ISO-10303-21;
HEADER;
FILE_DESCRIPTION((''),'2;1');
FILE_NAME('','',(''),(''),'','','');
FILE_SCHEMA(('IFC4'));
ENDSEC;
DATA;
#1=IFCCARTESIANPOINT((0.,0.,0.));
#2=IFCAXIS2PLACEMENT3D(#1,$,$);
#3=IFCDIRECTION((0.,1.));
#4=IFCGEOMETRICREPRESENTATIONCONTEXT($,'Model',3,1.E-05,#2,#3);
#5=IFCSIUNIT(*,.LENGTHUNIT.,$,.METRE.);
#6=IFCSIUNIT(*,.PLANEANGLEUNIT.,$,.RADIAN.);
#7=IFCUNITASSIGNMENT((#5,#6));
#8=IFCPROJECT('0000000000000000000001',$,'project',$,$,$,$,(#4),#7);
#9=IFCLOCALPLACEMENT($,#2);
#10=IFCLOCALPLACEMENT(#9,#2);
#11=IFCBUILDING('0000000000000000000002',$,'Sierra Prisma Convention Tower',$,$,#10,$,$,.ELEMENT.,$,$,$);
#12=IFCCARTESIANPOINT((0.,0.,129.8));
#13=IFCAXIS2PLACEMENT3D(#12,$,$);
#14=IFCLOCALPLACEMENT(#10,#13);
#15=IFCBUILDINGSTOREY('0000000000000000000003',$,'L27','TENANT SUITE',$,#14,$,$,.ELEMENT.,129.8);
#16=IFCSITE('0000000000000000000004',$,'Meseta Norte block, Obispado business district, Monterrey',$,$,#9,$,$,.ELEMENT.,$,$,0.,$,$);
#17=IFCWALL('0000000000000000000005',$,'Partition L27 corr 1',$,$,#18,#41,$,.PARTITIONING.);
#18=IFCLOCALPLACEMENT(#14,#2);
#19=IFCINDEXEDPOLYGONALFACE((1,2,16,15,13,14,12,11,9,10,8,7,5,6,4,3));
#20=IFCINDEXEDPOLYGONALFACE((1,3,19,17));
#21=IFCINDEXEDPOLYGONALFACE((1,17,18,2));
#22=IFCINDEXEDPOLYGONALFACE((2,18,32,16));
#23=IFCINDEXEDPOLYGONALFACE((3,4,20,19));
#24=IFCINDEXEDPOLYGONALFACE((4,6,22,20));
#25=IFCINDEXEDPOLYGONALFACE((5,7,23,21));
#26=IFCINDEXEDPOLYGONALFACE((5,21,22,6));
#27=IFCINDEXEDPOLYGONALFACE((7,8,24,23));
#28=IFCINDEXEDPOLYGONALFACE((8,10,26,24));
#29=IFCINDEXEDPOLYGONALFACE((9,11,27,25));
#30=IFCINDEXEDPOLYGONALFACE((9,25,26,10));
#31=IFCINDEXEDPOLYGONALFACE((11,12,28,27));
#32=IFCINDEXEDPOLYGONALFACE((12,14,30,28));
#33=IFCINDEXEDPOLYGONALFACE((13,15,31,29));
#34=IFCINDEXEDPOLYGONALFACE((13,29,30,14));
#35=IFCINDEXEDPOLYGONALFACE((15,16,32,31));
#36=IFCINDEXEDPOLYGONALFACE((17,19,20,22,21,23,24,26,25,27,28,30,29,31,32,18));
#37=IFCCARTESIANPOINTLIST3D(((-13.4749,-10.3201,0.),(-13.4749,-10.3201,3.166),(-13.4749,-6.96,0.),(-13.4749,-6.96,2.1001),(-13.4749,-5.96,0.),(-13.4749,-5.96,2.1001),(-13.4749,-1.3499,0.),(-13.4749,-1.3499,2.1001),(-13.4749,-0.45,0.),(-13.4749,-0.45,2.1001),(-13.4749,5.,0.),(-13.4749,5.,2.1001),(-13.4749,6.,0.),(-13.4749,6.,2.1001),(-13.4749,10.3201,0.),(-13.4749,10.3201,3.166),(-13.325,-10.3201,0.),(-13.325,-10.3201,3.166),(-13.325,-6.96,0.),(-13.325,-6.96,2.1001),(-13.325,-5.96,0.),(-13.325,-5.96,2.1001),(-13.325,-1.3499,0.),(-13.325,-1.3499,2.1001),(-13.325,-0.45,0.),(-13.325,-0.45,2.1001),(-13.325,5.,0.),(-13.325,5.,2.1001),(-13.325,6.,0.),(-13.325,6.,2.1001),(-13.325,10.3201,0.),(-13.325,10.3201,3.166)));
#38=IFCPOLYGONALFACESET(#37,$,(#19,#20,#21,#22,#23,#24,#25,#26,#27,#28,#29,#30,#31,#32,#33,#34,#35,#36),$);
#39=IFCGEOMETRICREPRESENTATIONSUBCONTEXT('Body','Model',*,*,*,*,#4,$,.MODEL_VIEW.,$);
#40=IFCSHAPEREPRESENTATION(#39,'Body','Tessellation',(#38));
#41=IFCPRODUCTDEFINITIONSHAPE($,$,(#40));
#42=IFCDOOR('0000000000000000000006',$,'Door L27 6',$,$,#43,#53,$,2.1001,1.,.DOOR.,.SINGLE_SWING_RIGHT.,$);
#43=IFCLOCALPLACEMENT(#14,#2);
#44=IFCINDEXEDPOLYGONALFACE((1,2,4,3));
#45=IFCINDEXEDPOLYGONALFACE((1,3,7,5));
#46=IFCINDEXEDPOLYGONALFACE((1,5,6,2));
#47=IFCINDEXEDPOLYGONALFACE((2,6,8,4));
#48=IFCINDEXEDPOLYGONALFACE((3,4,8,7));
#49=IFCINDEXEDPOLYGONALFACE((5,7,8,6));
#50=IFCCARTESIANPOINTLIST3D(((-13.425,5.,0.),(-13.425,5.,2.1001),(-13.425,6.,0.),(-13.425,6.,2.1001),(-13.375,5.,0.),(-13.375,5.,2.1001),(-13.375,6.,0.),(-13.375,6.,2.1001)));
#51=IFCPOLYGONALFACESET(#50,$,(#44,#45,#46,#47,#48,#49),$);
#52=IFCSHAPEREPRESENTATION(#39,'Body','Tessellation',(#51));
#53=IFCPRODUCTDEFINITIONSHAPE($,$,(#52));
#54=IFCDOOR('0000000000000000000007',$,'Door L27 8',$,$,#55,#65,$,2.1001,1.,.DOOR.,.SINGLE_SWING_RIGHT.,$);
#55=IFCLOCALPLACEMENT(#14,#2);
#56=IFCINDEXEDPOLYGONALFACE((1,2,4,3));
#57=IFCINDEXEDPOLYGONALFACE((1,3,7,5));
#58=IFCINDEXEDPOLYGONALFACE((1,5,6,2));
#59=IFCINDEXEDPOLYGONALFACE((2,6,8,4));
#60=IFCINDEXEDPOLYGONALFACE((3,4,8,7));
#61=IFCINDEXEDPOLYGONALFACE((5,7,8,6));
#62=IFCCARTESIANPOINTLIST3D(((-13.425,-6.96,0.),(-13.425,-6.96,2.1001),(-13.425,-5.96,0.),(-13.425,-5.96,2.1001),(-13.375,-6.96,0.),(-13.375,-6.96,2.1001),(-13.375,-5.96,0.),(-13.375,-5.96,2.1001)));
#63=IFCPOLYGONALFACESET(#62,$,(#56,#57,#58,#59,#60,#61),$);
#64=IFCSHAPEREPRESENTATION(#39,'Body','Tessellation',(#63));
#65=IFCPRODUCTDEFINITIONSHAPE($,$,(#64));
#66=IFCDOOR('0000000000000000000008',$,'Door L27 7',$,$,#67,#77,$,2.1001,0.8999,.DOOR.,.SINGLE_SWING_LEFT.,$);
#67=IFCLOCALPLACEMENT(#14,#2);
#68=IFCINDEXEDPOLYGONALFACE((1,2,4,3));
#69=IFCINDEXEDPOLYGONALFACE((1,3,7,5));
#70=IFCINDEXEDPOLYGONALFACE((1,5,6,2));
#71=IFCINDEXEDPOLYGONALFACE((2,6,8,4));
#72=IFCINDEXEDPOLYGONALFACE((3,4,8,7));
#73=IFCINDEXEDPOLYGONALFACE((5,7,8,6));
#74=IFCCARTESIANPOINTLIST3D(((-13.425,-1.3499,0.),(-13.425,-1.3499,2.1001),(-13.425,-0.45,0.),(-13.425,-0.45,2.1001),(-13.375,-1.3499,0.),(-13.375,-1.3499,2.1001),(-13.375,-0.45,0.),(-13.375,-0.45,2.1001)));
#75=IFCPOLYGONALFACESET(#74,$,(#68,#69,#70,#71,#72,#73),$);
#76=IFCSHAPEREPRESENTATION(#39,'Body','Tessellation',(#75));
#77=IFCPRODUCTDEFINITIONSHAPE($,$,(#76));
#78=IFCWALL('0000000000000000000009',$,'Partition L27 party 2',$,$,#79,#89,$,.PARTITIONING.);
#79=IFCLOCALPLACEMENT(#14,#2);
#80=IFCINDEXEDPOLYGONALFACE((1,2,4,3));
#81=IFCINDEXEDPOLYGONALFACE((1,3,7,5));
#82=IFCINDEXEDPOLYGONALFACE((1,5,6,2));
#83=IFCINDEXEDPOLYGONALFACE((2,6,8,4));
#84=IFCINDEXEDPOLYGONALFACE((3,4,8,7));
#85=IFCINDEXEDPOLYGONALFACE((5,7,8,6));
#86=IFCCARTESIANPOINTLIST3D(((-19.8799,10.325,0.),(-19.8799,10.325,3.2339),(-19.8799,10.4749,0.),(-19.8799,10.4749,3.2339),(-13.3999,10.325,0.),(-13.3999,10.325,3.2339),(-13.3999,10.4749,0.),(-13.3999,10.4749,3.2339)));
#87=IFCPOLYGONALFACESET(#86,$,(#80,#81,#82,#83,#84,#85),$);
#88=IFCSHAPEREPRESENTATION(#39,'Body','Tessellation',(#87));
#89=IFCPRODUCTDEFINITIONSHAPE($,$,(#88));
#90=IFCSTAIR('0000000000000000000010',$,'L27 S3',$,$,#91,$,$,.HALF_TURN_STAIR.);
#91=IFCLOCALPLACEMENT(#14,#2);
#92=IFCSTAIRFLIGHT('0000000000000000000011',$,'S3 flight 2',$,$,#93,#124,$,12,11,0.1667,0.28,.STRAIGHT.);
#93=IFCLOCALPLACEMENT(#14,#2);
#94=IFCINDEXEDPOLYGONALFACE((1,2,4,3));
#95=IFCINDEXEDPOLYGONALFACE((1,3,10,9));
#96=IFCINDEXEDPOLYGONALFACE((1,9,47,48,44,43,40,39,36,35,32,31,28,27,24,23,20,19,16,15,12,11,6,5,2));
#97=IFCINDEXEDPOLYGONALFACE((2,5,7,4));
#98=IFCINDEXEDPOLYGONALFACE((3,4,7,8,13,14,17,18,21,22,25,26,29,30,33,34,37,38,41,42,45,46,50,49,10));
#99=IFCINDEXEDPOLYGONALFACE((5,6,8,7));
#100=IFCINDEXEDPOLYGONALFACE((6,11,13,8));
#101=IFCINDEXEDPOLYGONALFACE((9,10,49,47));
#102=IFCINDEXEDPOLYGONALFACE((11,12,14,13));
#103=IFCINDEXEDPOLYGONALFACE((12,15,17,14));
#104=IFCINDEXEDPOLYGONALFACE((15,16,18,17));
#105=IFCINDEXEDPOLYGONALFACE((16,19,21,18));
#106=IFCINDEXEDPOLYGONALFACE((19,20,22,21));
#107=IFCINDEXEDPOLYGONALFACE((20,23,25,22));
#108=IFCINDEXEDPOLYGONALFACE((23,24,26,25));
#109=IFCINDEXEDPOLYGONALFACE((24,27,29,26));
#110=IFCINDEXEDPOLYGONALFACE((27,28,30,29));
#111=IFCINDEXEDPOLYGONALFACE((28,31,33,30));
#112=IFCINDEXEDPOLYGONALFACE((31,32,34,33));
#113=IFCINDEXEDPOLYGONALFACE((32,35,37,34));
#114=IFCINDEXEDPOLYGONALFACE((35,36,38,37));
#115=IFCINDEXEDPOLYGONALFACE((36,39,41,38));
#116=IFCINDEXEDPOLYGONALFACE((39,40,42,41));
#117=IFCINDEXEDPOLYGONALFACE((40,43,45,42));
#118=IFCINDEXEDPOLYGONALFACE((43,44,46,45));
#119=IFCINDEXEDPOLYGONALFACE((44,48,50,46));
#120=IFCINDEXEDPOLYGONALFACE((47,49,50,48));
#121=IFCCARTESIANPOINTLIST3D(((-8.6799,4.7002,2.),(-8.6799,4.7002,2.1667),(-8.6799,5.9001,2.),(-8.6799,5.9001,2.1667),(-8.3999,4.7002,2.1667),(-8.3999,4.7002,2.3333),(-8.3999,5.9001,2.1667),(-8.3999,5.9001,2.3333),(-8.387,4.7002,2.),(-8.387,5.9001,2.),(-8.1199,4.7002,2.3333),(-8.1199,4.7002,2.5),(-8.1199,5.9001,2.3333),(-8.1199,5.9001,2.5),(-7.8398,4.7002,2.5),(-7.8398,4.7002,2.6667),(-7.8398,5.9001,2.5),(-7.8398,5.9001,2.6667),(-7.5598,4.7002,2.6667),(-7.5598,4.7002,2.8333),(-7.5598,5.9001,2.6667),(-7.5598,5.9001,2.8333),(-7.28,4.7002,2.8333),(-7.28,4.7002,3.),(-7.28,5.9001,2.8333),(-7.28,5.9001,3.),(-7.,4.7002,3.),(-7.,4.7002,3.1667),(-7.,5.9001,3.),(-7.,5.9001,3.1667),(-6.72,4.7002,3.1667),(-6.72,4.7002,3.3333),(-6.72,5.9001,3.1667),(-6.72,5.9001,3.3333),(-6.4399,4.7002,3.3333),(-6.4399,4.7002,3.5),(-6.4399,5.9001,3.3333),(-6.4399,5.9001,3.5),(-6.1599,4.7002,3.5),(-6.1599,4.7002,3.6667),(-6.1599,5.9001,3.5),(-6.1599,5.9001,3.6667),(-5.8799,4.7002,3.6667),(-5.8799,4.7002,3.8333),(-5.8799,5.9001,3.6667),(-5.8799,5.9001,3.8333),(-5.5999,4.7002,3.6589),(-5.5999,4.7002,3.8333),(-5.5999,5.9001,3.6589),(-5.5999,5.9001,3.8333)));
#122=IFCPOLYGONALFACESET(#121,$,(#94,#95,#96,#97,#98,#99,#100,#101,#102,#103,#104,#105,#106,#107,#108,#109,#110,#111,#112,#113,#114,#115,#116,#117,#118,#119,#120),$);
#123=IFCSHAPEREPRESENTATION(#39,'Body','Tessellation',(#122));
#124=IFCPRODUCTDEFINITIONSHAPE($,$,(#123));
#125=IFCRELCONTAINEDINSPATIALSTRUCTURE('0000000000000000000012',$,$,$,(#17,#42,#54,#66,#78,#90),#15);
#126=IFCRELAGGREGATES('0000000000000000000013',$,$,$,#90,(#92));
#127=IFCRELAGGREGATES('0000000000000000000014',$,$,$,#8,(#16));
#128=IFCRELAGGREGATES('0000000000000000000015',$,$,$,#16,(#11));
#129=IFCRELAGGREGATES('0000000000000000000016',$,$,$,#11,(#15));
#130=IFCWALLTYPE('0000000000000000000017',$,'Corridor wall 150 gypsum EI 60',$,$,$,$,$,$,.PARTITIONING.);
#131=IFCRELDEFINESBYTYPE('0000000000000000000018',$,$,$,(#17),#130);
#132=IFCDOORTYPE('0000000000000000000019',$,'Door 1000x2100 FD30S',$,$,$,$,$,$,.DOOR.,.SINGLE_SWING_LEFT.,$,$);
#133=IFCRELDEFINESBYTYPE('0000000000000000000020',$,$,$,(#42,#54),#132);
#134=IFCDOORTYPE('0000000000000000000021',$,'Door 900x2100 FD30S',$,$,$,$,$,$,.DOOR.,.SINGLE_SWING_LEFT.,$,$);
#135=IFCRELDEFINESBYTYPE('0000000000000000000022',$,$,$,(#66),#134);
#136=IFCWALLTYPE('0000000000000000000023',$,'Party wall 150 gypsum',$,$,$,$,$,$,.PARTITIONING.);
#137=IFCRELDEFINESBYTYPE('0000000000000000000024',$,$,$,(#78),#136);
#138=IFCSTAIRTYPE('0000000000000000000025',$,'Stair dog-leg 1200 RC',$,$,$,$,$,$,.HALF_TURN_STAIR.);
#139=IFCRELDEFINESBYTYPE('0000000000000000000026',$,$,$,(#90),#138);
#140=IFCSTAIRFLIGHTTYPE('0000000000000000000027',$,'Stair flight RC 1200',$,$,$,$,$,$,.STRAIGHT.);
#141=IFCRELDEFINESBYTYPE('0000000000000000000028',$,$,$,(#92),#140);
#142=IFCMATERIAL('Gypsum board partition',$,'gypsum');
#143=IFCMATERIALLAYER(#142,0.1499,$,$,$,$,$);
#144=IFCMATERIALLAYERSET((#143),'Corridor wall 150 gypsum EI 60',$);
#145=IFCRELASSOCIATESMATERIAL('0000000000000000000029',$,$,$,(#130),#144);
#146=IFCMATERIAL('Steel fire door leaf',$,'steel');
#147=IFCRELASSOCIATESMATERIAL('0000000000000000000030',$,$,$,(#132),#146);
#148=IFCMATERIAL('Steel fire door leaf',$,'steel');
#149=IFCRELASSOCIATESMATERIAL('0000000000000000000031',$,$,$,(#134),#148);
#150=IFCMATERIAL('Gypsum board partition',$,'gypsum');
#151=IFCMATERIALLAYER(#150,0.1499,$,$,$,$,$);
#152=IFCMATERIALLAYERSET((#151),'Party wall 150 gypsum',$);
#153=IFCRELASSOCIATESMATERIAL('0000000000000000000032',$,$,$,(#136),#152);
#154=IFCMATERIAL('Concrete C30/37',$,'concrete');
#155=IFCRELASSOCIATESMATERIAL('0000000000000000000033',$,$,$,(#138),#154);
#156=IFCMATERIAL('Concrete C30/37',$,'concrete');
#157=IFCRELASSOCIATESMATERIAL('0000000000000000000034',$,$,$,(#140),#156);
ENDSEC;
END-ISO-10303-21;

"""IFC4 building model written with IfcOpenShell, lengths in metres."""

from ifc_helpers import new_model, si_unit, direction, frame, frame_2d, origin, place, context, subcontext, project, spatial, polyline, rectangle, outline, extrude, material, layer, layer_set, type_object, element, fill, aggregate, save


model = new_model("IFC4")

# Units and contexts
model_context = context("Model", 3, precision=1e-05, world=origin(), true_north=direction((0.0, 1.0)))
body_context = subcontext(model_context, "Body", "Model", "MODEL_VIEW")
ifc_project = project(units=[si_unit("LENGTHUNIT", "METRE"), si_unit("PLANEANGLEUNIT", "RADIAN")], contexts=[model_context])

# Site, building, storey
site_placement = place(None, origin())
site = spatial("IfcSite", under=ifc_project, at=site_placement, Name="Meseta Norte block, Obispado business district, Monterrey", CompositionType="ELEMENT", RefElevation=0.0)
building_placement = place(site_placement, origin())
building = spatial("IfcBuilding", under=site, at=building_placement, Name="Sierra Prisma Convention Tower", CompositionType="ELEMENT")
storey_placement = place(building_placement, frame((0.0, 0.0, 129.8)))
storey = spatial("IfcBuildingStorey", under=building, at=storey_placement, Name="L27", Description="TENANT SUITE", CompositionType="ELEMENT", Elevation=129.8)

# Wall, openings, doors
ifc_material_1 = material(Name="Gypsum board partition", Category="gypsum")
ifc_layer_1 = layer(ifc_material_1, 0.1499)
ifc_layer_set_1 = layer_set([ifc_layer_1], Name="Corridor wall 150 gypsum EI 60")
wall_type_1 = type_object("IfcWallType", Name="Corridor wall 150 gypsum EI 60", PredefinedType="PARTITIONING", material=ifc_layer_set_1)
wall_1_placement = place(storey_placement, frame((-13.3999, 10.3201, 0.0), z_axis=(0.0, 0.0, 1.0), x_axis=(0.0, -1.0, 0.0)))
wall_1 = element("IfcWall", 1, at=wall_1_placement, inside=storey, type_object=wall_type_1, Name="Partition L27 corr 1", PredefinedType="PARTITIONING", context=body_context, shape_type="SweptSolid", body=[
    extrude(rectangle(XDim=20.6401, YDim=0.1499, at=frame_2d((10.3201, 0.0))), origin(), (0.0, 0.0, 1.0), 3.166),
])
opening_1_placement = place(wall_1_placement, frame((4.3201, 0.0, 0.0)))
opening_1 = element("IfcOpeningElement", 2, at=opening_1_placement, cuts=wall_1, PredefinedType="OPENING", context=body_context, shape_type="SweptSolid", body=[
    extrude(rectangle(XDim=1.0, YDim=2.1001, at=frame_2d((0.5, 1.05))), frame((0.0, 0.075, 0.0), z_axis=(0.0, -1.0, 0.0), x_axis=(1.0, 0.0, 0.0)), (0.0, 0.0, 1.0), 0.1499),
])
opening_2_placement = place(wall_1_placement, frame((10.77, 0.0, 0.0)))
opening_2 = element("IfcOpeningElement", 3, at=opening_2_placement, cuts=wall_1, PredefinedType="OPENING", context=body_context, shape_type="SweptSolid", body=[
    extrude(rectangle(XDim=0.8999, YDim=2.1001, at=frame_2d((0.45, 1.05))), frame((0.0, 0.075, 0.0), z_axis=(0.0, -1.0, 0.0), x_axis=(1.0, 0.0, 0.0)), (0.0, 0.0, 1.0), 0.1499),
])
opening_3_placement = place(wall_1_placement, frame((16.28, 0.0, 0.0)))
opening_3 = element("IfcOpeningElement", 4, at=opening_3_placement, cuts=wall_1, PredefinedType="OPENING", context=body_context, shape_type="SweptSolid", body=[
    extrude(rectangle(XDim=1.0, YDim=2.1001, at=frame_2d((0.5, 1.05))), frame((0.0, 0.075, 0.0), z_axis=(0.0, -1.0, 0.0), x_axis=(1.0, 0.0, 0.0)), (0.0, 0.0, 1.0), 0.1499),
])
ifc_material_2 = material(Name="Steel fire door leaf", Category="steel")
door_type_1 = type_object("IfcDoorType", Name="Door 1000x2100 FD30S", OperationType="SINGLE_SWING_LEFT", PredefinedType="DOOR", material=ifc_material_2)
door_1_placement = place(opening_1_placement, origin())
door_1 = element("IfcDoor", 5, at=door_1_placement, inside=storey, type_object=door_type_1, Name="Door L27 6", OperationType="SINGLE_SWING_RIGHT", OverallHeight=2.1001, OverallWidth=1.0, PredefinedType="DOOR", context=body_context, shape_type="SweptSolid", body=[
    extrude(rectangle(XDim=1.0, YDim=2.1001, at=frame_2d((0.5, 1.05))), frame((0.0, 0.0249, 0.0), z_axis=(0.0, -1.0, 0.0), x_axis=(1.0, 0.0, 0.0)), (0.0, 0.0, 1.0), 0.05),
])
fill(opening_1, door_1)
door_2_placement = place(opening_3_placement, origin())
door_2 = element("IfcDoor", 6, at=door_2_placement, inside=storey, type_object=door_type_1, Name="Door L27 8", OperationType="SINGLE_SWING_RIGHT", OverallHeight=2.1001, OverallWidth=1.0, PredefinedType="DOOR", context=body_context, shape_type="SweptSolid", body=[
    extrude(rectangle(XDim=1.0, YDim=2.1001, at=frame_2d((0.5, 1.05))), frame((0.0, 0.0249, 0.0), z_axis=(0.0, -1.0, 0.0), x_axis=(1.0, 0.0, 0.0)), (0.0, 0.0, 1.0), 0.05),
])
fill(opening_3, door_2)
ifc_material_3 = material(Name="Steel fire door leaf", Category="steel")
door_type_2 = type_object("IfcDoorType", Name="Door 900x2100 FD30S", OperationType="SINGLE_SWING_LEFT", PredefinedType="DOOR", material=ifc_material_3)
door_3_placement = place(opening_2_placement, origin())
door_3 = element("IfcDoor", 7, at=door_3_placement, inside=storey, type_object=door_type_2, Name="Door L27 7", OperationType="SINGLE_SWING_LEFT", OverallHeight=2.1001, OverallWidth=0.8999, PredefinedType="DOOR", context=body_context, shape_type="SweptSolid", body=[
    extrude(rectangle(XDim=0.8999, YDim=2.1001, at=frame_2d((0.45, 1.05))), frame((0.0, 0.0249, 0.0), z_axis=(0.0, -1.0, 0.0), x_axis=(1.0, 0.0, 0.0)), (0.0, 0.0, 1.0), 0.05),
])
fill(opening_2, door_3)

# Wall
ifc_material_4 = material(Name="Gypsum board partition", Category="gypsum")
ifc_layer_2 = layer(ifc_material_4, 0.1499)
ifc_layer_set_2 = layer_set([ifc_layer_2], Name="Party wall 150 gypsum")
wall_type_2 = type_object("IfcWallType", Name="Party wall 150 gypsum", PredefinedType="PARTITIONING", material=ifc_layer_set_2)
wall_2_placement = place(storey_placement, frame((-13.3999, 10.3999, 0.0), z_axis=(0.0, 0.0, 1.0), x_axis=(-1.0, 0.0, 0.0)))
element("IfcWall", 8, at=wall_2_placement, inside=storey, type_object=wall_type_2, Name="Partition L27 party 2", PredefinedType="PARTITIONING", context=body_context, shape_type="SweptSolid", body=[
    extrude(rectangle(XDim=6.48, YDim=0.1499, at=frame_2d((3.24, 0.0))), origin(), (0.0, 0.0, 1.0), 3.2339),
])

# Stair, stair flight
ifc_material_5 = material(Name="Concrete C30/37", Category="concrete")
stair_type = type_object("IfcStairType", Name="Stair dog-leg 1200 RC", PredefinedType="HALF_TURN_STAIR", material=ifc_material_5)
stair_placement = place(storey_placement, origin())
stair = element("IfcStair", 9, at=stair_placement, inside=storey, type_object=stair_type, Name="L27 S3", PredefinedType="HALF_TURN_STAIR")
ifc_material_6 = material(Name="Concrete C30/37", Category="concrete")
stair_flight_type = type_object("IfcStairFlightType", Name="Stair flight RC 1200", PredefinedType="STRAIGHT", material=ifc_material_6)
stair_flight_placement = place(storey_placement, frame((-8.6799, 5.3, 2.0), z_axis=(0.0, 0.0, 1.0), x_axis=(1.0, 0.0, 0.0)))
stair_flight = element("IfcStairFlight", 10, at=stair_flight_placement, type_object=stair_flight_type, Name="S3 flight 2", NumberOfRisers=12, NumberOfTreads=11, PredefinedType="STRAIGHT", RiserHeight=0.1667, TreadLength=0.28, context=body_context, shape_type="SweptSolid", body=[
    extrude(outline(polyline([(0.0, 0.0), (0.0, 0.1667), (0.28, 0.1667), (0.28, 0.3333), (0.5601, 0.3333), (0.5601, 0.5), (0.8401, 0.5), (0.8401, 0.6667), (1.1201, 0.6667), (1.1201, 0.8333), (1.3999, 0.8333), (1.3999, 1.0), (1.6799, 1.0), (1.6799, 1.1667), (1.96, 1.1667), (1.96, 1.3333), (2.24, 1.3333), (2.24, 1.5), (2.52, 1.5), (2.52, 1.6667), (2.8, 1.6667), (2.8, 1.8333), (3.0801, 1.8333), (3.0801, 2.0), (3.0801, 1.6589), (0.293, 0.0), (0.0, 0.0)])), frame((0.0, 0.6001, 0.0), z_axis=(0.0, -1.0, 0.0), x_axis=(1.0, 0.0, 0.0)), (0.0, 0.0, 1.0), 1.2),
])
aggregate(stair, [stair_flight])

save(model, "model.ifc")
